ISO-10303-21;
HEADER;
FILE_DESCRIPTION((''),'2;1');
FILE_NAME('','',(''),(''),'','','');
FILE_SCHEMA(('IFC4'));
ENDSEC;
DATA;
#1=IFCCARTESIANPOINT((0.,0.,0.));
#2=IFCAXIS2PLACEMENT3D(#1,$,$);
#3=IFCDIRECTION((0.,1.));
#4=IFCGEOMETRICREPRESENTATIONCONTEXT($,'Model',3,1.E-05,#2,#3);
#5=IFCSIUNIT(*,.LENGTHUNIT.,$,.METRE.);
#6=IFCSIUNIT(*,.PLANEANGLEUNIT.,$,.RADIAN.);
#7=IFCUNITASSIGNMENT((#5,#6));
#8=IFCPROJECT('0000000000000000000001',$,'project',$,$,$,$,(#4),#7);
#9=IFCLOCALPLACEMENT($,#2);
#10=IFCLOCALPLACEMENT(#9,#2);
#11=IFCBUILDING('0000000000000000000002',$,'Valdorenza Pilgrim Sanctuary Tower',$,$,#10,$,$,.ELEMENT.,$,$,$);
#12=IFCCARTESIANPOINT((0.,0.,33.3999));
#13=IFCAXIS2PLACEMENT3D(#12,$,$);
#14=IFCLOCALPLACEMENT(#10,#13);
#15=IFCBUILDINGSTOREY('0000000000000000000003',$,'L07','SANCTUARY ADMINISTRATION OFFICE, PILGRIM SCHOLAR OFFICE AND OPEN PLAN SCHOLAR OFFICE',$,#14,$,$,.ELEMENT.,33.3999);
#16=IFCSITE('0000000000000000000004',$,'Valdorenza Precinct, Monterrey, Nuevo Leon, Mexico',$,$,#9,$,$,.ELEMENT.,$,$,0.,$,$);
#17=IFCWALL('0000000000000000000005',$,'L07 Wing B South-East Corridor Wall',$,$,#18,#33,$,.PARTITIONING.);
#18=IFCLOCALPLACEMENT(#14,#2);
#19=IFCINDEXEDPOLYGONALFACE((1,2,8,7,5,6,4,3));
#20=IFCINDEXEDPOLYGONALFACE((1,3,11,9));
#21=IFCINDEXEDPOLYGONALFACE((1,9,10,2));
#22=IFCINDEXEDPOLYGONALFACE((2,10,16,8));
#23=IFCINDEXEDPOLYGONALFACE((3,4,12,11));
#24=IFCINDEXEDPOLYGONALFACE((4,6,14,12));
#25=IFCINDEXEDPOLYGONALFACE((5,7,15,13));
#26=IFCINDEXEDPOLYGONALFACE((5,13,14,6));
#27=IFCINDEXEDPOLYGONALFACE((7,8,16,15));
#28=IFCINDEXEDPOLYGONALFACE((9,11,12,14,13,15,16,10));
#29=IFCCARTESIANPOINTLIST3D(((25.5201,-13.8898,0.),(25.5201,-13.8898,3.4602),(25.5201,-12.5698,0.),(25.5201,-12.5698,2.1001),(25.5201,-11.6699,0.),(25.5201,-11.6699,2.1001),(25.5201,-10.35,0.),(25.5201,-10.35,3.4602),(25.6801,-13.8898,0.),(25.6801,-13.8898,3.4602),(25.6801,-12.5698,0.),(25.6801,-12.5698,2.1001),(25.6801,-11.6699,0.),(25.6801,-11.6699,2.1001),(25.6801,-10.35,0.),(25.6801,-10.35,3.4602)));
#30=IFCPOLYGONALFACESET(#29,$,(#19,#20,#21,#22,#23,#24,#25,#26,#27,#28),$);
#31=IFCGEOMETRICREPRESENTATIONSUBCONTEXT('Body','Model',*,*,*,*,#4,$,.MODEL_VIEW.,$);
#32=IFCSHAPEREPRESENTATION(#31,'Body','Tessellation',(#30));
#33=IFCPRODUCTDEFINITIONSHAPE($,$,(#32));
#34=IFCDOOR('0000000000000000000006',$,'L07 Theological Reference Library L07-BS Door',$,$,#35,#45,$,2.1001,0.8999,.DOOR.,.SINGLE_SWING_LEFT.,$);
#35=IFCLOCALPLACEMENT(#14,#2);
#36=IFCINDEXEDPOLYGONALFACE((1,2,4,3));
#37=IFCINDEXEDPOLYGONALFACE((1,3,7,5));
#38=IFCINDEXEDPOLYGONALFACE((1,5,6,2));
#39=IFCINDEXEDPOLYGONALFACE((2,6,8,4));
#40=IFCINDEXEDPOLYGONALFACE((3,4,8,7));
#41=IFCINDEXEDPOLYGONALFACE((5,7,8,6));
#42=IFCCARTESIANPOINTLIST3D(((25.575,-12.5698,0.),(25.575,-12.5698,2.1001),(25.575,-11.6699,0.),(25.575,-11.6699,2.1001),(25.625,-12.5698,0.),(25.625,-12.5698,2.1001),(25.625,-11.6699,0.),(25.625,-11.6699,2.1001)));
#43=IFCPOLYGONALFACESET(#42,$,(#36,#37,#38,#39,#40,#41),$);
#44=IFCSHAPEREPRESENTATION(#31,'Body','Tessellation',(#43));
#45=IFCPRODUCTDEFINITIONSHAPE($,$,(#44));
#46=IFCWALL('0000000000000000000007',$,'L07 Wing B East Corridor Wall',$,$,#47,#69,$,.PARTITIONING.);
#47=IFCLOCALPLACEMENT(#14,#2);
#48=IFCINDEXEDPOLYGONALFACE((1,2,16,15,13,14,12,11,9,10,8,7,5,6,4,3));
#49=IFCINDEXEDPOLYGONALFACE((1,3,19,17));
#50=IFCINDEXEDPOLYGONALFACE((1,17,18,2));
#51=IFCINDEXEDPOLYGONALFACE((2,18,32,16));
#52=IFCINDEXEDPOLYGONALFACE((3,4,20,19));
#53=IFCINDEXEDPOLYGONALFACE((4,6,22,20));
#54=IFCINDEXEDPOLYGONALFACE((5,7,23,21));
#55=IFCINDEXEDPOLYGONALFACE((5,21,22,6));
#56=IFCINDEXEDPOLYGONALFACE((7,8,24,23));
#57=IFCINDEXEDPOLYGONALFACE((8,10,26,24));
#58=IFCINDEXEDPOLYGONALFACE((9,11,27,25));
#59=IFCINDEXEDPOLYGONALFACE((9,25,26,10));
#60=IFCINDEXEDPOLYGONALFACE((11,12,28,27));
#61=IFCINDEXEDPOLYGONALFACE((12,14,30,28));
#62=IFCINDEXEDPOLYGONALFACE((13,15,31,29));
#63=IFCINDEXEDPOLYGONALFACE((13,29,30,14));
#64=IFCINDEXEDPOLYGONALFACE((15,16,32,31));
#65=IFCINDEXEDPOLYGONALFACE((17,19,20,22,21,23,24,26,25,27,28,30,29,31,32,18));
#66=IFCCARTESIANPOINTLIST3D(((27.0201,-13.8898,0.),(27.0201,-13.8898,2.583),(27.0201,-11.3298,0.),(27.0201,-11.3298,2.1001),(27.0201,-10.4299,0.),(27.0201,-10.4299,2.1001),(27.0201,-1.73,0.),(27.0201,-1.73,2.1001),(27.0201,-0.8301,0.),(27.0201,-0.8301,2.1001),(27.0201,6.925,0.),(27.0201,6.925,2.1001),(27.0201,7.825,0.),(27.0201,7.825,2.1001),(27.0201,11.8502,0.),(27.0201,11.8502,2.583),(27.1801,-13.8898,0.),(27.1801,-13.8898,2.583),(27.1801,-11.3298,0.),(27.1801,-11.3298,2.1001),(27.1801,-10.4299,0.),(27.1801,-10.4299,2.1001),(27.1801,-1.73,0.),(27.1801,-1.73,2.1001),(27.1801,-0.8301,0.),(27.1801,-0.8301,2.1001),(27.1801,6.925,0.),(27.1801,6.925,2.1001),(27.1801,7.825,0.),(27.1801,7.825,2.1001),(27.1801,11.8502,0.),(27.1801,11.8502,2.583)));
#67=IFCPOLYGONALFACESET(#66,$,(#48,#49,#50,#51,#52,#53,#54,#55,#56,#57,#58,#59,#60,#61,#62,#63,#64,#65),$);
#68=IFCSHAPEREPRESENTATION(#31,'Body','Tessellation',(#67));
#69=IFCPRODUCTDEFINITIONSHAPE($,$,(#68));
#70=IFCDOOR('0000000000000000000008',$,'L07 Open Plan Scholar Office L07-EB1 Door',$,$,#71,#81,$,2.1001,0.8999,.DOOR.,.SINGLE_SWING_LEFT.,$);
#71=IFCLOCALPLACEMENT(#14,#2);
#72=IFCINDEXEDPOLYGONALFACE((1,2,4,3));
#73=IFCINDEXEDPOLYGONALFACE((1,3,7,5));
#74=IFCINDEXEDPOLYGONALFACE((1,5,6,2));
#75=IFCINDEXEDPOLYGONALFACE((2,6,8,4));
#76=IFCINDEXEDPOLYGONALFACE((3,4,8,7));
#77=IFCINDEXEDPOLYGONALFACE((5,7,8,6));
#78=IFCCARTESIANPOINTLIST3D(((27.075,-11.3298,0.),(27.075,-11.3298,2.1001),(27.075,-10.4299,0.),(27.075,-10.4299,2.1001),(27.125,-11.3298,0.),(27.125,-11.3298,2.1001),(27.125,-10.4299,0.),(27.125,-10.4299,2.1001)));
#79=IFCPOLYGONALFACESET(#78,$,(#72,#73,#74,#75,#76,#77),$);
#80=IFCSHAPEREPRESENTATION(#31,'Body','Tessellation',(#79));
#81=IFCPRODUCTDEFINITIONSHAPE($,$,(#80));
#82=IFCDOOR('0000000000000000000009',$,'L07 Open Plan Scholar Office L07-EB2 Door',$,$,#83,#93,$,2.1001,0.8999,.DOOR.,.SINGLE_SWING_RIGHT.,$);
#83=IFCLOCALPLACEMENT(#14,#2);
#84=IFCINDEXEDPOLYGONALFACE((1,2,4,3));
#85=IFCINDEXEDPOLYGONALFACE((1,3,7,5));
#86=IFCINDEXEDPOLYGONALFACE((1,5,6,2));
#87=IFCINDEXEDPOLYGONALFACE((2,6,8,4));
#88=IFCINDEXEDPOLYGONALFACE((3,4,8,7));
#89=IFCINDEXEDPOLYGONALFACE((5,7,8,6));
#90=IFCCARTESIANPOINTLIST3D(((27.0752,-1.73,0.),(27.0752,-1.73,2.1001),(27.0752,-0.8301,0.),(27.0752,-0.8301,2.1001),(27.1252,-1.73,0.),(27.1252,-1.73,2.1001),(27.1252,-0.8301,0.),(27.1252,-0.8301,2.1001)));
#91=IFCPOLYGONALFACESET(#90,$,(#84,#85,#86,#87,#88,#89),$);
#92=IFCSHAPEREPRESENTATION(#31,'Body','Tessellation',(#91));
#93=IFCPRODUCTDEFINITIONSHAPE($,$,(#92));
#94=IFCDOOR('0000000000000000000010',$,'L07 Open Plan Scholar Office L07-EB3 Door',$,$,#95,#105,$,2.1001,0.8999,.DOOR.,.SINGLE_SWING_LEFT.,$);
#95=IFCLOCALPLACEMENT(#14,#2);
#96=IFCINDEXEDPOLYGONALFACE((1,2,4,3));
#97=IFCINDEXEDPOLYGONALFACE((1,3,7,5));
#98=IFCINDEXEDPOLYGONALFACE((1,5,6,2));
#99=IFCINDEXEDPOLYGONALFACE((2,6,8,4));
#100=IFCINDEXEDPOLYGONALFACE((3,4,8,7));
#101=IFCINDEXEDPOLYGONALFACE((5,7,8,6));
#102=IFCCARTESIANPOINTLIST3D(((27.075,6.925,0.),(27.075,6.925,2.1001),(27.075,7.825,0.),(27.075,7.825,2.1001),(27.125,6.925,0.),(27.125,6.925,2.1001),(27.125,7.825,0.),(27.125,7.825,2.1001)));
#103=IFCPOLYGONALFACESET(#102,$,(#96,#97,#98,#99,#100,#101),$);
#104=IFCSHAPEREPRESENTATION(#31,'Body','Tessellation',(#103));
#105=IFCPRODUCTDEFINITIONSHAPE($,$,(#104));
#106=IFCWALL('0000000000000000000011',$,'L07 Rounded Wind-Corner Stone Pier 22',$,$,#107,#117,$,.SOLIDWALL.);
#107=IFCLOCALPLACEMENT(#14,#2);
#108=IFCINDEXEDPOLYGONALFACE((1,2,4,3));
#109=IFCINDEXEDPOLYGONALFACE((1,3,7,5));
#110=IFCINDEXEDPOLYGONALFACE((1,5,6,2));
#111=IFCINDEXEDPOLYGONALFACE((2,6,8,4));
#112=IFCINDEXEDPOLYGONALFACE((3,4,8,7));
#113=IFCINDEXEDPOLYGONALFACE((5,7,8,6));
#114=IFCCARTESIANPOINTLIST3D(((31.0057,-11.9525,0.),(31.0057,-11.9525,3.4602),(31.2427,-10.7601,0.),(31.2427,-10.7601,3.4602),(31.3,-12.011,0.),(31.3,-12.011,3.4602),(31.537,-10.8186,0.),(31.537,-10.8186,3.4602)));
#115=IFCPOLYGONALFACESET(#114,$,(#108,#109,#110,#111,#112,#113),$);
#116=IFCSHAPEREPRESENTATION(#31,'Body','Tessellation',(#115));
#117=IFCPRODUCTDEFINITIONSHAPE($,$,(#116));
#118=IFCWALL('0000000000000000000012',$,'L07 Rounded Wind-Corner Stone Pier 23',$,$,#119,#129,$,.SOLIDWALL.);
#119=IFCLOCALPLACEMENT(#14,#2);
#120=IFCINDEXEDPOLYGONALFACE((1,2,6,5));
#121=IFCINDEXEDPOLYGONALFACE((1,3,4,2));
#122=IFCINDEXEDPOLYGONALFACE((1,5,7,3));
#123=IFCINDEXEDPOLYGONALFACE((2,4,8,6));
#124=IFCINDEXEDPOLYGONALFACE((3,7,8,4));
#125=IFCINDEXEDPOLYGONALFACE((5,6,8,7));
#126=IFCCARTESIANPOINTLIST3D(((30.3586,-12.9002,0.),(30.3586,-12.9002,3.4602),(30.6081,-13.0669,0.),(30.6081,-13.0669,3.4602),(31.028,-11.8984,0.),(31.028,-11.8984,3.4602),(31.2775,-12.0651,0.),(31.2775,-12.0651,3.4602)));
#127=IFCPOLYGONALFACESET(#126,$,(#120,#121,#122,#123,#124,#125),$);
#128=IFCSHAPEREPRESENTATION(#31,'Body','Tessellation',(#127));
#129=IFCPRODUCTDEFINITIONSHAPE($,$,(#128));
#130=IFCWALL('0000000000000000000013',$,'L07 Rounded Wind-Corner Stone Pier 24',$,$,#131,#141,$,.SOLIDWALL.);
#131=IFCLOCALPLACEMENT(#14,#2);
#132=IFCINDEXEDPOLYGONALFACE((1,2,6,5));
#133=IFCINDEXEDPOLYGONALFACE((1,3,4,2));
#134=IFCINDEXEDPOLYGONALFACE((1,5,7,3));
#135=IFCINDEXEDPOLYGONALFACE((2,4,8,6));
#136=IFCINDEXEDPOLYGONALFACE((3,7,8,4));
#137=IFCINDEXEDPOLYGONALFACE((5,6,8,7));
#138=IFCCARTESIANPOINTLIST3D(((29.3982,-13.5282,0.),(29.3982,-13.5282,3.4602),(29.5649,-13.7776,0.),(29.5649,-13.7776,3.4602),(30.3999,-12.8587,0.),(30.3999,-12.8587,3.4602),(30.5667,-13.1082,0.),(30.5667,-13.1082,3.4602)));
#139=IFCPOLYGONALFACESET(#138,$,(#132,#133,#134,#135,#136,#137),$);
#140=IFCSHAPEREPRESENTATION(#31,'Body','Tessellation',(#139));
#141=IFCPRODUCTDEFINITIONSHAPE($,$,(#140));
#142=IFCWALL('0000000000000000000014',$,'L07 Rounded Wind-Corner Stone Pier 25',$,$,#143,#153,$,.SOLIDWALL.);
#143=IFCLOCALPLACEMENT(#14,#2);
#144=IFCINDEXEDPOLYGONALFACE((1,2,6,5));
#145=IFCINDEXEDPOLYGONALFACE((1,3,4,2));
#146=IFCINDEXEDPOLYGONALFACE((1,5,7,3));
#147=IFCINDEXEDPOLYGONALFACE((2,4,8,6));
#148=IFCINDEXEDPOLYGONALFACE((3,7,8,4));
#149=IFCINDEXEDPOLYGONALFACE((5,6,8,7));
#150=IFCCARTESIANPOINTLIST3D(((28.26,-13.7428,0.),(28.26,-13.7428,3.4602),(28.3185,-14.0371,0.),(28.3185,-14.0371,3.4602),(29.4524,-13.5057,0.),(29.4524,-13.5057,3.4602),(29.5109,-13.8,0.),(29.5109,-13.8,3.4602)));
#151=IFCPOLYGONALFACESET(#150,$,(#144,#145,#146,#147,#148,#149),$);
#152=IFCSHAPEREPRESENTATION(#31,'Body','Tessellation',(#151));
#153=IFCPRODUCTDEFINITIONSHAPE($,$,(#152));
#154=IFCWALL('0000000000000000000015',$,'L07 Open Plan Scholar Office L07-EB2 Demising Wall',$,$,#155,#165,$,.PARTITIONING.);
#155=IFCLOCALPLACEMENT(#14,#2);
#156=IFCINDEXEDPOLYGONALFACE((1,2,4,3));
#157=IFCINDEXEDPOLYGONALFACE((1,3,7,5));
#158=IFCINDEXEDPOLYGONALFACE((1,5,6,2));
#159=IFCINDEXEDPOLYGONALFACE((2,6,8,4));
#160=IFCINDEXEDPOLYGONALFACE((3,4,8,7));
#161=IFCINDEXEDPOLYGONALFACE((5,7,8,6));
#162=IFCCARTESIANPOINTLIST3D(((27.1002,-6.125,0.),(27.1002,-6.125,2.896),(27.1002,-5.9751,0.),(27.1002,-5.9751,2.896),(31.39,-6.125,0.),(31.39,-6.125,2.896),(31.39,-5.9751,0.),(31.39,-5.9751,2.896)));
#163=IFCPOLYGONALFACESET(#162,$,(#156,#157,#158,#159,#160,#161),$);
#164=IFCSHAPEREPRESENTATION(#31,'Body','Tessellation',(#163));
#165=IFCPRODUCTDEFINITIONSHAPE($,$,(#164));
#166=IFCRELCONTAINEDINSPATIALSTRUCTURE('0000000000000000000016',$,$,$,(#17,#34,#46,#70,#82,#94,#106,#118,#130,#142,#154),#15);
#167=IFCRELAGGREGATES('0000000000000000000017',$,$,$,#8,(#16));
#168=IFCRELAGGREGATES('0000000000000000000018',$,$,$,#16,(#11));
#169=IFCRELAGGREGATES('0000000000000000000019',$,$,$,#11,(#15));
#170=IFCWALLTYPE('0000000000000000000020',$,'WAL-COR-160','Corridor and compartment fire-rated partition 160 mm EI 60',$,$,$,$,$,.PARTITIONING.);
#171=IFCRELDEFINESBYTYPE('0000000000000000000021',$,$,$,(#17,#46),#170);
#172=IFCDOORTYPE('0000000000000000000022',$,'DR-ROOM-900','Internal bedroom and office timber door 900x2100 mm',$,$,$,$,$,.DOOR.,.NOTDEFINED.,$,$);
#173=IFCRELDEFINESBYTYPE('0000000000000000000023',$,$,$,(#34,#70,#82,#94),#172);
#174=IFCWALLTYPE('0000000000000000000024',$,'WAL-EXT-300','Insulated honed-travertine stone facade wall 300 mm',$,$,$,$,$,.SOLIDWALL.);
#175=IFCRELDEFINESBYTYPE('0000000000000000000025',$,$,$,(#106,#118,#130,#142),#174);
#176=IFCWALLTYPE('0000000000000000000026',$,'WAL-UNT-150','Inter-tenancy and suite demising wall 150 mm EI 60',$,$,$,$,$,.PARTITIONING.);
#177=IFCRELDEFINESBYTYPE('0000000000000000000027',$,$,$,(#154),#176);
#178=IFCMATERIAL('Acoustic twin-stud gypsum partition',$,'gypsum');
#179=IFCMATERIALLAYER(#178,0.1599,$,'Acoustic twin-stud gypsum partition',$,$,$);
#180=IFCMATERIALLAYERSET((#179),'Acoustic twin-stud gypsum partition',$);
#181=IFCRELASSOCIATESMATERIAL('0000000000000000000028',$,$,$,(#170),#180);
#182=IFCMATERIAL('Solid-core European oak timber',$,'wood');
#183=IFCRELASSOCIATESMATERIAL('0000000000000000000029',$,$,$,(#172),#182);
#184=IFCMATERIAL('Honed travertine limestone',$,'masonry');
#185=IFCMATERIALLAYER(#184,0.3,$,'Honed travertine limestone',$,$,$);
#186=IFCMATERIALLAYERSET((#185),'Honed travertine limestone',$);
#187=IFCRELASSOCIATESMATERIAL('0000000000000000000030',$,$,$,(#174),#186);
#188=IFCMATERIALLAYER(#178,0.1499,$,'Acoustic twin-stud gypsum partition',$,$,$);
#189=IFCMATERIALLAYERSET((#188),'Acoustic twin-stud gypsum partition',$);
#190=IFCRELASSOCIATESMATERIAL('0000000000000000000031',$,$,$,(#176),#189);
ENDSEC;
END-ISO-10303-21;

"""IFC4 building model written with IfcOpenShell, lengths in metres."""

from ifc_helpers import new_model, si_unit, direction, frame, frame_2d, origin, place, context, subcontext, project, spatial, rectangle, extrude, material, layer, layer_set, type_object, element, fill, save


model = new_model("IFC4")

# Units and contexts
model_context = context("Model", 3, precision=1e-05, world=origin(), true_north=direction((0.0, 1.0)))
body_context = subcontext(model_context, "Body", "Model", "MODEL_VIEW")
ifc_project = project(units=[si_unit("LENGTHUNIT", "METRE"), si_unit("PLANEANGLEUNIT", "RADIAN")], contexts=[model_context])

# Site, building, storey
site_placement = place(None, origin())
site = spatial("IfcSite", under=ifc_project, at=site_placement, Name="Valdorenza Precinct, Monterrey, Nuevo Leon, Mexico", CompositionType="ELEMENT", RefElevation=0.0)
building_placement = place(site_placement, origin())
building = spatial("IfcBuilding", under=site, at=building_placement, Name="Valdorenza Pilgrim Sanctuary Tower", CompositionType="ELEMENT")
storey_placement = place(building_placement, frame((0.0, 0.0, 33.3999)))
storey = spatial("IfcBuildingStorey", under=building, at=storey_placement, Name="L07", Description="SANCTUARY ADMINISTRATION OFFICE, PILGRIM SCHOLAR OFFICE AND OPEN PLAN SCHOLAR OFFICE", CompositionType="ELEMENT", Elevation=33.3999)

# Shared definitions
ifc_material_1 = material(Name="Honed travertine limestone", Category="masonry")

# Wall, opening, door
ifc_material_2 = material(Name="Acoustic twin-stud gypsum partition", Category="gypsum")
ifc_layer_1 = layer(ifc_material_2, 0.1599, Name="Acoustic twin-stud gypsum partition")
ifc_layer_set_1 = layer_set([ifc_layer_1], Name="Acoustic twin-stud gypsum partition")
wall_type_1 = type_object("IfcWallType", Name="WAL-COR-160", Description="Corridor and compartment fire-rated partition 160 mm EI 60", PredefinedType="PARTITIONING", material=ifc_layer_set_1)
wall_1_placement = place(storey_placement, frame((25.6001, -13.8899, 0.0), z_axis=(0.0, 0.0, 1.0), x_axis=(0.0, 1.0, 0.0)))
wall_1 = element("IfcWall", 1, at=wall_1_placement, inside=storey, type_object=wall_type_1, Name="L07 Wing B South-East Corridor Wall", PredefinedType="PARTITIONING", context=body_context, shape_type="SweptSolid", body=[
    extrude(rectangle(XDim=3.5398, YDim=0.1599, at=frame_2d((1.77, 0.0))), origin(), (0.0, 0.0, 1.0), 3.4602),
])
opening_1_placement = place(wall_1_placement, frame((1.3201, 0.0, 0.0)))
opening_1 = element("IfcOpeningElement", 2, at=opening_1_placement, cuts=wall_1, PredefinedType="OPENING", context=body_context, shape_type="SweptSolid", body=[
    extrude(rectangle(XDim=0.8999, YDim=2.1001, at=frame_2d((0.45, 1.05))), frame((0.0, 0.0947, 0.0), z_axis=(0.0, -1.0, 0.0), x_axis=(1.0, 0.0, 0.0)), (0.0, 0.0, 1.0), 0.1897),
])
ifc_material_3 = material(Name="Solid-core European oak timber", Category="wood")
door_type = type_object("IfcDoorType", Name="DR-ROOM-900", Description="Internal bedroom and office timber door 900x2100 mm", OperationType="NOTDEFINED", PredefinedType="DOOR", material=ifc_material_3)
door_1_placement = place(opening_1_placement, frame((0.8999, 0.0, 0.0), z_axis=(0.0, 0.0, 1.0), x_axis=(-1.0, 0.0, 0.0)))
door_1 = element("IfcDoor", 3, at=door_1_placement, inside=storey, type_object=door_type, Name="L07 Theological Reference Library L07-BS Door", OperationType="SINGLE_SWING_LEFT", OverallHeight=2.1001, OverallWidth=0.8999, PredefinedType="DOOR", context=body_context, shape_type="SweptSolid", body=[
    extrude(rectangle(XDim=0.8999, YDim=2.1001, at=frame_2d((0.45, 1.05))), frame((0.0, 0.0249, 0.0), z_axis=(0.0, -1.0, 0.0), x_axis=(1.0, 0.0, 0.0)), (0.0, 0.0, 1.0), 0.05),
])
fill(opening_1, door_1)

# Wall, openings, doors
wall_2_placement = place(storey_placement, frame((27.1001, -13.8899, 0.0), z_axis=(0.0, 0.0, 1.0), x_axis=(0.0, 1.0, 0.0)))
wall_2 = element("IfcWall", 4, at=wall_2_placement, inside=storey, type_object=wall_type_1, Name="L07 Wing B East Corridor Wall", PredefinedType="PARTITIONING", context=body_context, shape_type="SweptSolid", body=[
    extrude(rectangle(XDim=25.74, YDim=0.1599, at=frame_2d((12.8701, 0.0))), origin(), (0.0, 0.0, 1.0), 2.583),
])
opening_2_placement = place(wall_2_placement, frame((2.5601, 0.0, 0.0)))
opening_2 = element("IfcOpeningElement", 5, at=opening_2_placement, cuts=wall_2, PredefinedType="OPENING", context=body_context, shape_type="SweptSolid", body=[
    extrude(rectangle(XDim=0.8999, YDim=2.1001, at=frame_2d((0.45, 1.05))), frame((0.0, 0.0947, 0.0), z_axis=(0.0, -1.0, 0.0), x_axis=(1.0, 0.0, 0.0)), (0.0, 0.0, 1.0), 0.1897),
])
opening_3_placement = place(wall_2_placement, frame((12.1599, 0.0, 0.0)))
opening_3 = element("IfcOpeningElement", 6, at=opening_3_placement, cuts=wall_2, PredefinedType="OPENING", context=body_context, shape_type="SweptSolid", body=[
    extrude(rectangle(XDim=0.8999, YDim=2.1001, at=frame_2d((0.45, 1.05))), frame((0.0, 0.0947, 0.0), z_axis=(0.0, -1.0, 0.0), x_axis=(1.0, 0.0, 0.0)), (0.0, 0.0, 1.0), 0.1897),
])
opening_4_placement = place(wall_2_placement, frame((20.8149, 0.0, 0.0)))
opening_4 = element("IfcOpeningElement", 7, at=opening_4_placement, cuts=wall_2, PredefinedType="OPENING", context=body_context, shape_type="SweptSolid", body=[
    extrude(rectangle(XDim=0.8999, YDim=2.1001, at=frame_2d((0.45, 1.05))), frame((0.0, 0.0947, 0.0), z_axis=(0.0, -1.0, 0.0), x_axis=(1.0, 0.0, 0.0)), (0.0, 0.0, 1.0), 0.1897),
])
door_2_placement = place(opening_2_placement, frame((0.8999, 0.0, 0.0), z_axis=(0.0, 0.0, 1.0), x_axis=(-1.0, 0.0, 0.0)))
door_2 = element("IfcDoor", 8, at=door_2_placement, inside=storey, type_object=door_type, Name="L07 Open Plan Scholar Office L07-EB1 Door", OperationType="SINGLE_SWING_LEFT", OverallHeight=2.1001, OverallWidth=0.8999, PredefinedType="DOOR", context=body_context, shape_type="SweptSolid", body=[
    extrude(rectangle(XDim=0.8999, YDim=2.1001, at=frame_2d((0.45, 1.05))), frame((0.0, 0.0249, 0.0), z_axis=(0.0, -1.0, 0.0), x_axis=(1.0, 0.0, 0.0)), (0.0, 0.0, 1.0), 0.05),
])
fill(opening_2, door_2)
door_3_placement = place(opening_3_placement, origin())
door_3 = element("IfcDoor", 9, at=door_3_placement, inside=storey, type_object=door_type, Name="L07 Open Plan Scholar Office L07-EB2 Door", OperationType="SINGLE_SWING_RIGHT", OverallHeight=2.1001, OverallWidth=0.8999, PredefinedType="DOOR", context=body_context, shape_type="SweptSolid", body=[
    extrude(rectangle(XDim=0.8999, YDim=2.1001, at=frame_2d((0.45, 1.05))), frame((0.0, 0.0249, 0.0), z_axis=(0.0, -1.0, 0.0), x_axis=(1.0, 0.0, 0.0)), (0.0, 0.0, 1.0), 0.05),
])
fill(opening_3, door_3)
door_4_placement = place(opening_4_placement, frame((0.8999, 0.0, 0.0), z_axis=(0.0, 0.0, 1.0), x_axis=(-1.0, 0.0, 0.0)))
door_4 = element("IfcDoor", 10, at=door_4_placement, inside=storey, type_object=door_type, Name="L07 Open Plan Scholar Office L07-EB3 Door", OperationType="SINGLE_SWING_LEFT", OverallHeight=2.1001, OverallWidth=0.8999, PredefinedType="DOOR", context=body_context, shape_type="SweptSolid", body=[
    extrude(rectangle(XDim=0.8999, YDim=2.1001, at=frame_2d((0.45, 1.05))), frame((0.0, 0.0249, 0.0), z_axis=(0.0, -1.0, 0.0), x_axis=(1.0, 0.0, 0.0)), (0.0, 0.0, 1.0), 0.05),
])
fill(opening_4, door_4)

# Walls
ifc_layer_2 = layer(ifc_material_1, 0.3, Name="Honed travertine limestone")
ifc_layer_set_2 = layer_set([ifc_layer_2], Name="Honed travertine limestone")
wall_type_2 = type_object("IfcWallType", Name="WAL-EXT-300", Description="Insulated honed-travertine stone facade wall 300 mm", PredefinedType="SOLIDWALL", material=ifc_layer_set_2)
wall_3_placement = place(storey_placement, frame((31.3899, -10.7893, 0.0), z_axis=(0.0, 0.0, 1.0), x_axis=(-0.194996, -0.980804, 0.0)))
element("IfcWall", 11, at=wall_3_placement, inside=storey, type_object=wall_type_2, Name="L07 Rounded Wind-Corner Stone Pier 22", PredefinedType="SOLIDWALL", context=body_context, shape_type="SweptSolid", body=[
    extrude(rectangle(XDim=1.2158, YDim=0.3, at=frame_2d((0.6079, 0.0))), origin(), (0.0, 0.0, 1.0), 3.4602),
])
for number, where, z_axis, x_axis, name in (
    (12, (31.1528, -11.9817, 0.0), (0.0, 0.0, 1.0), (-0.555635, -0.831426, 0.0), "L07 Rounded Wind-Corner Stone Pier 23"),
    (13, (30.4834, -12.9834, 0.0), (0.0, 0.0, 1.0), (-0.831426, -0.555635, 0.0), "L07 Rounded Wind-Corner Stone Pier 24"),
):
    element("IfcWall", number, at=place(storey_placement, frame(where, z_axis=z_axis, x_axis=x_axis)), inside=storey, type_object=wall_type_2, Name=name, PredefinedType="SOLIDWALL", context=body_context, shape_type="SweptSolid", body=[
        extrude(rectangle(XDim=1.2048, YDim=0.3, at=frame_2d((0.6025, 0.0))), origin(), (0.0, 0.0, 1.0), 3.4602),
    ])
wall_4_placement = place(storey_placement, frame((29.4817, -13.6528, 0.0), z_axis=(0.0, 0.0, 1.0), x_axis=(-0.980804, -0.194996, 0.0)))
element("IfcWall", 14, at=wall_4_placement, inside=storey, type_object=wall_type_2, Name="L07 Rounded Wind-Corner Stone Pier 25", PredefinedType="SOLIDWALL", context=body_context, shape_type="SweptSolid", body=[
    extrude(rectangle(XDim=1.2158, YDim=0.3, at=frame_2d((0.6079, 0.0))), origin(), (0.0, 0.0, 1.0), 3.4602),
])
ifc_layer_3 = layer(ifc_material_2, 0.1499, Name="Acoustic twin-stud gypsum partition")
ifc_layer_set_3 = layer_set([ifc_layer_3], Name="Acoustic twin-stud gypsum partition")
wall_type_3 = type_object("IfcWallType", Name="WAL-UNT-150", Description="Inter-tenancy and suite demising wall 150 mm EI 60", PredefinedType="PARTITIONING", material=ifc_layer_set_3)
wall_5_placement = place(storey_placement, frame((27.1001, -6.05, 0.0), z_axis=(0.0, 0.0, 1.0), x_axis=(1.0, 0.0, 0.0)))
element("IfcWall", 15, at=wall_5_placement, inside=storey, type_object=wall_type_3, Name="L07 Open Plan Scholar Office L07-EB2 Demising Wall", PredefinedType="PARTITIONING", context=body_context, shape_type="SweptSolid", body=[
    extrude(rectangle(XDim=4.2898, YDim=0.1499, at=frame_2d((2.145, 0.0))), origin(), (0.0, 0.0, 1.0), 2.896),
])

save(model, "model.ifc")
